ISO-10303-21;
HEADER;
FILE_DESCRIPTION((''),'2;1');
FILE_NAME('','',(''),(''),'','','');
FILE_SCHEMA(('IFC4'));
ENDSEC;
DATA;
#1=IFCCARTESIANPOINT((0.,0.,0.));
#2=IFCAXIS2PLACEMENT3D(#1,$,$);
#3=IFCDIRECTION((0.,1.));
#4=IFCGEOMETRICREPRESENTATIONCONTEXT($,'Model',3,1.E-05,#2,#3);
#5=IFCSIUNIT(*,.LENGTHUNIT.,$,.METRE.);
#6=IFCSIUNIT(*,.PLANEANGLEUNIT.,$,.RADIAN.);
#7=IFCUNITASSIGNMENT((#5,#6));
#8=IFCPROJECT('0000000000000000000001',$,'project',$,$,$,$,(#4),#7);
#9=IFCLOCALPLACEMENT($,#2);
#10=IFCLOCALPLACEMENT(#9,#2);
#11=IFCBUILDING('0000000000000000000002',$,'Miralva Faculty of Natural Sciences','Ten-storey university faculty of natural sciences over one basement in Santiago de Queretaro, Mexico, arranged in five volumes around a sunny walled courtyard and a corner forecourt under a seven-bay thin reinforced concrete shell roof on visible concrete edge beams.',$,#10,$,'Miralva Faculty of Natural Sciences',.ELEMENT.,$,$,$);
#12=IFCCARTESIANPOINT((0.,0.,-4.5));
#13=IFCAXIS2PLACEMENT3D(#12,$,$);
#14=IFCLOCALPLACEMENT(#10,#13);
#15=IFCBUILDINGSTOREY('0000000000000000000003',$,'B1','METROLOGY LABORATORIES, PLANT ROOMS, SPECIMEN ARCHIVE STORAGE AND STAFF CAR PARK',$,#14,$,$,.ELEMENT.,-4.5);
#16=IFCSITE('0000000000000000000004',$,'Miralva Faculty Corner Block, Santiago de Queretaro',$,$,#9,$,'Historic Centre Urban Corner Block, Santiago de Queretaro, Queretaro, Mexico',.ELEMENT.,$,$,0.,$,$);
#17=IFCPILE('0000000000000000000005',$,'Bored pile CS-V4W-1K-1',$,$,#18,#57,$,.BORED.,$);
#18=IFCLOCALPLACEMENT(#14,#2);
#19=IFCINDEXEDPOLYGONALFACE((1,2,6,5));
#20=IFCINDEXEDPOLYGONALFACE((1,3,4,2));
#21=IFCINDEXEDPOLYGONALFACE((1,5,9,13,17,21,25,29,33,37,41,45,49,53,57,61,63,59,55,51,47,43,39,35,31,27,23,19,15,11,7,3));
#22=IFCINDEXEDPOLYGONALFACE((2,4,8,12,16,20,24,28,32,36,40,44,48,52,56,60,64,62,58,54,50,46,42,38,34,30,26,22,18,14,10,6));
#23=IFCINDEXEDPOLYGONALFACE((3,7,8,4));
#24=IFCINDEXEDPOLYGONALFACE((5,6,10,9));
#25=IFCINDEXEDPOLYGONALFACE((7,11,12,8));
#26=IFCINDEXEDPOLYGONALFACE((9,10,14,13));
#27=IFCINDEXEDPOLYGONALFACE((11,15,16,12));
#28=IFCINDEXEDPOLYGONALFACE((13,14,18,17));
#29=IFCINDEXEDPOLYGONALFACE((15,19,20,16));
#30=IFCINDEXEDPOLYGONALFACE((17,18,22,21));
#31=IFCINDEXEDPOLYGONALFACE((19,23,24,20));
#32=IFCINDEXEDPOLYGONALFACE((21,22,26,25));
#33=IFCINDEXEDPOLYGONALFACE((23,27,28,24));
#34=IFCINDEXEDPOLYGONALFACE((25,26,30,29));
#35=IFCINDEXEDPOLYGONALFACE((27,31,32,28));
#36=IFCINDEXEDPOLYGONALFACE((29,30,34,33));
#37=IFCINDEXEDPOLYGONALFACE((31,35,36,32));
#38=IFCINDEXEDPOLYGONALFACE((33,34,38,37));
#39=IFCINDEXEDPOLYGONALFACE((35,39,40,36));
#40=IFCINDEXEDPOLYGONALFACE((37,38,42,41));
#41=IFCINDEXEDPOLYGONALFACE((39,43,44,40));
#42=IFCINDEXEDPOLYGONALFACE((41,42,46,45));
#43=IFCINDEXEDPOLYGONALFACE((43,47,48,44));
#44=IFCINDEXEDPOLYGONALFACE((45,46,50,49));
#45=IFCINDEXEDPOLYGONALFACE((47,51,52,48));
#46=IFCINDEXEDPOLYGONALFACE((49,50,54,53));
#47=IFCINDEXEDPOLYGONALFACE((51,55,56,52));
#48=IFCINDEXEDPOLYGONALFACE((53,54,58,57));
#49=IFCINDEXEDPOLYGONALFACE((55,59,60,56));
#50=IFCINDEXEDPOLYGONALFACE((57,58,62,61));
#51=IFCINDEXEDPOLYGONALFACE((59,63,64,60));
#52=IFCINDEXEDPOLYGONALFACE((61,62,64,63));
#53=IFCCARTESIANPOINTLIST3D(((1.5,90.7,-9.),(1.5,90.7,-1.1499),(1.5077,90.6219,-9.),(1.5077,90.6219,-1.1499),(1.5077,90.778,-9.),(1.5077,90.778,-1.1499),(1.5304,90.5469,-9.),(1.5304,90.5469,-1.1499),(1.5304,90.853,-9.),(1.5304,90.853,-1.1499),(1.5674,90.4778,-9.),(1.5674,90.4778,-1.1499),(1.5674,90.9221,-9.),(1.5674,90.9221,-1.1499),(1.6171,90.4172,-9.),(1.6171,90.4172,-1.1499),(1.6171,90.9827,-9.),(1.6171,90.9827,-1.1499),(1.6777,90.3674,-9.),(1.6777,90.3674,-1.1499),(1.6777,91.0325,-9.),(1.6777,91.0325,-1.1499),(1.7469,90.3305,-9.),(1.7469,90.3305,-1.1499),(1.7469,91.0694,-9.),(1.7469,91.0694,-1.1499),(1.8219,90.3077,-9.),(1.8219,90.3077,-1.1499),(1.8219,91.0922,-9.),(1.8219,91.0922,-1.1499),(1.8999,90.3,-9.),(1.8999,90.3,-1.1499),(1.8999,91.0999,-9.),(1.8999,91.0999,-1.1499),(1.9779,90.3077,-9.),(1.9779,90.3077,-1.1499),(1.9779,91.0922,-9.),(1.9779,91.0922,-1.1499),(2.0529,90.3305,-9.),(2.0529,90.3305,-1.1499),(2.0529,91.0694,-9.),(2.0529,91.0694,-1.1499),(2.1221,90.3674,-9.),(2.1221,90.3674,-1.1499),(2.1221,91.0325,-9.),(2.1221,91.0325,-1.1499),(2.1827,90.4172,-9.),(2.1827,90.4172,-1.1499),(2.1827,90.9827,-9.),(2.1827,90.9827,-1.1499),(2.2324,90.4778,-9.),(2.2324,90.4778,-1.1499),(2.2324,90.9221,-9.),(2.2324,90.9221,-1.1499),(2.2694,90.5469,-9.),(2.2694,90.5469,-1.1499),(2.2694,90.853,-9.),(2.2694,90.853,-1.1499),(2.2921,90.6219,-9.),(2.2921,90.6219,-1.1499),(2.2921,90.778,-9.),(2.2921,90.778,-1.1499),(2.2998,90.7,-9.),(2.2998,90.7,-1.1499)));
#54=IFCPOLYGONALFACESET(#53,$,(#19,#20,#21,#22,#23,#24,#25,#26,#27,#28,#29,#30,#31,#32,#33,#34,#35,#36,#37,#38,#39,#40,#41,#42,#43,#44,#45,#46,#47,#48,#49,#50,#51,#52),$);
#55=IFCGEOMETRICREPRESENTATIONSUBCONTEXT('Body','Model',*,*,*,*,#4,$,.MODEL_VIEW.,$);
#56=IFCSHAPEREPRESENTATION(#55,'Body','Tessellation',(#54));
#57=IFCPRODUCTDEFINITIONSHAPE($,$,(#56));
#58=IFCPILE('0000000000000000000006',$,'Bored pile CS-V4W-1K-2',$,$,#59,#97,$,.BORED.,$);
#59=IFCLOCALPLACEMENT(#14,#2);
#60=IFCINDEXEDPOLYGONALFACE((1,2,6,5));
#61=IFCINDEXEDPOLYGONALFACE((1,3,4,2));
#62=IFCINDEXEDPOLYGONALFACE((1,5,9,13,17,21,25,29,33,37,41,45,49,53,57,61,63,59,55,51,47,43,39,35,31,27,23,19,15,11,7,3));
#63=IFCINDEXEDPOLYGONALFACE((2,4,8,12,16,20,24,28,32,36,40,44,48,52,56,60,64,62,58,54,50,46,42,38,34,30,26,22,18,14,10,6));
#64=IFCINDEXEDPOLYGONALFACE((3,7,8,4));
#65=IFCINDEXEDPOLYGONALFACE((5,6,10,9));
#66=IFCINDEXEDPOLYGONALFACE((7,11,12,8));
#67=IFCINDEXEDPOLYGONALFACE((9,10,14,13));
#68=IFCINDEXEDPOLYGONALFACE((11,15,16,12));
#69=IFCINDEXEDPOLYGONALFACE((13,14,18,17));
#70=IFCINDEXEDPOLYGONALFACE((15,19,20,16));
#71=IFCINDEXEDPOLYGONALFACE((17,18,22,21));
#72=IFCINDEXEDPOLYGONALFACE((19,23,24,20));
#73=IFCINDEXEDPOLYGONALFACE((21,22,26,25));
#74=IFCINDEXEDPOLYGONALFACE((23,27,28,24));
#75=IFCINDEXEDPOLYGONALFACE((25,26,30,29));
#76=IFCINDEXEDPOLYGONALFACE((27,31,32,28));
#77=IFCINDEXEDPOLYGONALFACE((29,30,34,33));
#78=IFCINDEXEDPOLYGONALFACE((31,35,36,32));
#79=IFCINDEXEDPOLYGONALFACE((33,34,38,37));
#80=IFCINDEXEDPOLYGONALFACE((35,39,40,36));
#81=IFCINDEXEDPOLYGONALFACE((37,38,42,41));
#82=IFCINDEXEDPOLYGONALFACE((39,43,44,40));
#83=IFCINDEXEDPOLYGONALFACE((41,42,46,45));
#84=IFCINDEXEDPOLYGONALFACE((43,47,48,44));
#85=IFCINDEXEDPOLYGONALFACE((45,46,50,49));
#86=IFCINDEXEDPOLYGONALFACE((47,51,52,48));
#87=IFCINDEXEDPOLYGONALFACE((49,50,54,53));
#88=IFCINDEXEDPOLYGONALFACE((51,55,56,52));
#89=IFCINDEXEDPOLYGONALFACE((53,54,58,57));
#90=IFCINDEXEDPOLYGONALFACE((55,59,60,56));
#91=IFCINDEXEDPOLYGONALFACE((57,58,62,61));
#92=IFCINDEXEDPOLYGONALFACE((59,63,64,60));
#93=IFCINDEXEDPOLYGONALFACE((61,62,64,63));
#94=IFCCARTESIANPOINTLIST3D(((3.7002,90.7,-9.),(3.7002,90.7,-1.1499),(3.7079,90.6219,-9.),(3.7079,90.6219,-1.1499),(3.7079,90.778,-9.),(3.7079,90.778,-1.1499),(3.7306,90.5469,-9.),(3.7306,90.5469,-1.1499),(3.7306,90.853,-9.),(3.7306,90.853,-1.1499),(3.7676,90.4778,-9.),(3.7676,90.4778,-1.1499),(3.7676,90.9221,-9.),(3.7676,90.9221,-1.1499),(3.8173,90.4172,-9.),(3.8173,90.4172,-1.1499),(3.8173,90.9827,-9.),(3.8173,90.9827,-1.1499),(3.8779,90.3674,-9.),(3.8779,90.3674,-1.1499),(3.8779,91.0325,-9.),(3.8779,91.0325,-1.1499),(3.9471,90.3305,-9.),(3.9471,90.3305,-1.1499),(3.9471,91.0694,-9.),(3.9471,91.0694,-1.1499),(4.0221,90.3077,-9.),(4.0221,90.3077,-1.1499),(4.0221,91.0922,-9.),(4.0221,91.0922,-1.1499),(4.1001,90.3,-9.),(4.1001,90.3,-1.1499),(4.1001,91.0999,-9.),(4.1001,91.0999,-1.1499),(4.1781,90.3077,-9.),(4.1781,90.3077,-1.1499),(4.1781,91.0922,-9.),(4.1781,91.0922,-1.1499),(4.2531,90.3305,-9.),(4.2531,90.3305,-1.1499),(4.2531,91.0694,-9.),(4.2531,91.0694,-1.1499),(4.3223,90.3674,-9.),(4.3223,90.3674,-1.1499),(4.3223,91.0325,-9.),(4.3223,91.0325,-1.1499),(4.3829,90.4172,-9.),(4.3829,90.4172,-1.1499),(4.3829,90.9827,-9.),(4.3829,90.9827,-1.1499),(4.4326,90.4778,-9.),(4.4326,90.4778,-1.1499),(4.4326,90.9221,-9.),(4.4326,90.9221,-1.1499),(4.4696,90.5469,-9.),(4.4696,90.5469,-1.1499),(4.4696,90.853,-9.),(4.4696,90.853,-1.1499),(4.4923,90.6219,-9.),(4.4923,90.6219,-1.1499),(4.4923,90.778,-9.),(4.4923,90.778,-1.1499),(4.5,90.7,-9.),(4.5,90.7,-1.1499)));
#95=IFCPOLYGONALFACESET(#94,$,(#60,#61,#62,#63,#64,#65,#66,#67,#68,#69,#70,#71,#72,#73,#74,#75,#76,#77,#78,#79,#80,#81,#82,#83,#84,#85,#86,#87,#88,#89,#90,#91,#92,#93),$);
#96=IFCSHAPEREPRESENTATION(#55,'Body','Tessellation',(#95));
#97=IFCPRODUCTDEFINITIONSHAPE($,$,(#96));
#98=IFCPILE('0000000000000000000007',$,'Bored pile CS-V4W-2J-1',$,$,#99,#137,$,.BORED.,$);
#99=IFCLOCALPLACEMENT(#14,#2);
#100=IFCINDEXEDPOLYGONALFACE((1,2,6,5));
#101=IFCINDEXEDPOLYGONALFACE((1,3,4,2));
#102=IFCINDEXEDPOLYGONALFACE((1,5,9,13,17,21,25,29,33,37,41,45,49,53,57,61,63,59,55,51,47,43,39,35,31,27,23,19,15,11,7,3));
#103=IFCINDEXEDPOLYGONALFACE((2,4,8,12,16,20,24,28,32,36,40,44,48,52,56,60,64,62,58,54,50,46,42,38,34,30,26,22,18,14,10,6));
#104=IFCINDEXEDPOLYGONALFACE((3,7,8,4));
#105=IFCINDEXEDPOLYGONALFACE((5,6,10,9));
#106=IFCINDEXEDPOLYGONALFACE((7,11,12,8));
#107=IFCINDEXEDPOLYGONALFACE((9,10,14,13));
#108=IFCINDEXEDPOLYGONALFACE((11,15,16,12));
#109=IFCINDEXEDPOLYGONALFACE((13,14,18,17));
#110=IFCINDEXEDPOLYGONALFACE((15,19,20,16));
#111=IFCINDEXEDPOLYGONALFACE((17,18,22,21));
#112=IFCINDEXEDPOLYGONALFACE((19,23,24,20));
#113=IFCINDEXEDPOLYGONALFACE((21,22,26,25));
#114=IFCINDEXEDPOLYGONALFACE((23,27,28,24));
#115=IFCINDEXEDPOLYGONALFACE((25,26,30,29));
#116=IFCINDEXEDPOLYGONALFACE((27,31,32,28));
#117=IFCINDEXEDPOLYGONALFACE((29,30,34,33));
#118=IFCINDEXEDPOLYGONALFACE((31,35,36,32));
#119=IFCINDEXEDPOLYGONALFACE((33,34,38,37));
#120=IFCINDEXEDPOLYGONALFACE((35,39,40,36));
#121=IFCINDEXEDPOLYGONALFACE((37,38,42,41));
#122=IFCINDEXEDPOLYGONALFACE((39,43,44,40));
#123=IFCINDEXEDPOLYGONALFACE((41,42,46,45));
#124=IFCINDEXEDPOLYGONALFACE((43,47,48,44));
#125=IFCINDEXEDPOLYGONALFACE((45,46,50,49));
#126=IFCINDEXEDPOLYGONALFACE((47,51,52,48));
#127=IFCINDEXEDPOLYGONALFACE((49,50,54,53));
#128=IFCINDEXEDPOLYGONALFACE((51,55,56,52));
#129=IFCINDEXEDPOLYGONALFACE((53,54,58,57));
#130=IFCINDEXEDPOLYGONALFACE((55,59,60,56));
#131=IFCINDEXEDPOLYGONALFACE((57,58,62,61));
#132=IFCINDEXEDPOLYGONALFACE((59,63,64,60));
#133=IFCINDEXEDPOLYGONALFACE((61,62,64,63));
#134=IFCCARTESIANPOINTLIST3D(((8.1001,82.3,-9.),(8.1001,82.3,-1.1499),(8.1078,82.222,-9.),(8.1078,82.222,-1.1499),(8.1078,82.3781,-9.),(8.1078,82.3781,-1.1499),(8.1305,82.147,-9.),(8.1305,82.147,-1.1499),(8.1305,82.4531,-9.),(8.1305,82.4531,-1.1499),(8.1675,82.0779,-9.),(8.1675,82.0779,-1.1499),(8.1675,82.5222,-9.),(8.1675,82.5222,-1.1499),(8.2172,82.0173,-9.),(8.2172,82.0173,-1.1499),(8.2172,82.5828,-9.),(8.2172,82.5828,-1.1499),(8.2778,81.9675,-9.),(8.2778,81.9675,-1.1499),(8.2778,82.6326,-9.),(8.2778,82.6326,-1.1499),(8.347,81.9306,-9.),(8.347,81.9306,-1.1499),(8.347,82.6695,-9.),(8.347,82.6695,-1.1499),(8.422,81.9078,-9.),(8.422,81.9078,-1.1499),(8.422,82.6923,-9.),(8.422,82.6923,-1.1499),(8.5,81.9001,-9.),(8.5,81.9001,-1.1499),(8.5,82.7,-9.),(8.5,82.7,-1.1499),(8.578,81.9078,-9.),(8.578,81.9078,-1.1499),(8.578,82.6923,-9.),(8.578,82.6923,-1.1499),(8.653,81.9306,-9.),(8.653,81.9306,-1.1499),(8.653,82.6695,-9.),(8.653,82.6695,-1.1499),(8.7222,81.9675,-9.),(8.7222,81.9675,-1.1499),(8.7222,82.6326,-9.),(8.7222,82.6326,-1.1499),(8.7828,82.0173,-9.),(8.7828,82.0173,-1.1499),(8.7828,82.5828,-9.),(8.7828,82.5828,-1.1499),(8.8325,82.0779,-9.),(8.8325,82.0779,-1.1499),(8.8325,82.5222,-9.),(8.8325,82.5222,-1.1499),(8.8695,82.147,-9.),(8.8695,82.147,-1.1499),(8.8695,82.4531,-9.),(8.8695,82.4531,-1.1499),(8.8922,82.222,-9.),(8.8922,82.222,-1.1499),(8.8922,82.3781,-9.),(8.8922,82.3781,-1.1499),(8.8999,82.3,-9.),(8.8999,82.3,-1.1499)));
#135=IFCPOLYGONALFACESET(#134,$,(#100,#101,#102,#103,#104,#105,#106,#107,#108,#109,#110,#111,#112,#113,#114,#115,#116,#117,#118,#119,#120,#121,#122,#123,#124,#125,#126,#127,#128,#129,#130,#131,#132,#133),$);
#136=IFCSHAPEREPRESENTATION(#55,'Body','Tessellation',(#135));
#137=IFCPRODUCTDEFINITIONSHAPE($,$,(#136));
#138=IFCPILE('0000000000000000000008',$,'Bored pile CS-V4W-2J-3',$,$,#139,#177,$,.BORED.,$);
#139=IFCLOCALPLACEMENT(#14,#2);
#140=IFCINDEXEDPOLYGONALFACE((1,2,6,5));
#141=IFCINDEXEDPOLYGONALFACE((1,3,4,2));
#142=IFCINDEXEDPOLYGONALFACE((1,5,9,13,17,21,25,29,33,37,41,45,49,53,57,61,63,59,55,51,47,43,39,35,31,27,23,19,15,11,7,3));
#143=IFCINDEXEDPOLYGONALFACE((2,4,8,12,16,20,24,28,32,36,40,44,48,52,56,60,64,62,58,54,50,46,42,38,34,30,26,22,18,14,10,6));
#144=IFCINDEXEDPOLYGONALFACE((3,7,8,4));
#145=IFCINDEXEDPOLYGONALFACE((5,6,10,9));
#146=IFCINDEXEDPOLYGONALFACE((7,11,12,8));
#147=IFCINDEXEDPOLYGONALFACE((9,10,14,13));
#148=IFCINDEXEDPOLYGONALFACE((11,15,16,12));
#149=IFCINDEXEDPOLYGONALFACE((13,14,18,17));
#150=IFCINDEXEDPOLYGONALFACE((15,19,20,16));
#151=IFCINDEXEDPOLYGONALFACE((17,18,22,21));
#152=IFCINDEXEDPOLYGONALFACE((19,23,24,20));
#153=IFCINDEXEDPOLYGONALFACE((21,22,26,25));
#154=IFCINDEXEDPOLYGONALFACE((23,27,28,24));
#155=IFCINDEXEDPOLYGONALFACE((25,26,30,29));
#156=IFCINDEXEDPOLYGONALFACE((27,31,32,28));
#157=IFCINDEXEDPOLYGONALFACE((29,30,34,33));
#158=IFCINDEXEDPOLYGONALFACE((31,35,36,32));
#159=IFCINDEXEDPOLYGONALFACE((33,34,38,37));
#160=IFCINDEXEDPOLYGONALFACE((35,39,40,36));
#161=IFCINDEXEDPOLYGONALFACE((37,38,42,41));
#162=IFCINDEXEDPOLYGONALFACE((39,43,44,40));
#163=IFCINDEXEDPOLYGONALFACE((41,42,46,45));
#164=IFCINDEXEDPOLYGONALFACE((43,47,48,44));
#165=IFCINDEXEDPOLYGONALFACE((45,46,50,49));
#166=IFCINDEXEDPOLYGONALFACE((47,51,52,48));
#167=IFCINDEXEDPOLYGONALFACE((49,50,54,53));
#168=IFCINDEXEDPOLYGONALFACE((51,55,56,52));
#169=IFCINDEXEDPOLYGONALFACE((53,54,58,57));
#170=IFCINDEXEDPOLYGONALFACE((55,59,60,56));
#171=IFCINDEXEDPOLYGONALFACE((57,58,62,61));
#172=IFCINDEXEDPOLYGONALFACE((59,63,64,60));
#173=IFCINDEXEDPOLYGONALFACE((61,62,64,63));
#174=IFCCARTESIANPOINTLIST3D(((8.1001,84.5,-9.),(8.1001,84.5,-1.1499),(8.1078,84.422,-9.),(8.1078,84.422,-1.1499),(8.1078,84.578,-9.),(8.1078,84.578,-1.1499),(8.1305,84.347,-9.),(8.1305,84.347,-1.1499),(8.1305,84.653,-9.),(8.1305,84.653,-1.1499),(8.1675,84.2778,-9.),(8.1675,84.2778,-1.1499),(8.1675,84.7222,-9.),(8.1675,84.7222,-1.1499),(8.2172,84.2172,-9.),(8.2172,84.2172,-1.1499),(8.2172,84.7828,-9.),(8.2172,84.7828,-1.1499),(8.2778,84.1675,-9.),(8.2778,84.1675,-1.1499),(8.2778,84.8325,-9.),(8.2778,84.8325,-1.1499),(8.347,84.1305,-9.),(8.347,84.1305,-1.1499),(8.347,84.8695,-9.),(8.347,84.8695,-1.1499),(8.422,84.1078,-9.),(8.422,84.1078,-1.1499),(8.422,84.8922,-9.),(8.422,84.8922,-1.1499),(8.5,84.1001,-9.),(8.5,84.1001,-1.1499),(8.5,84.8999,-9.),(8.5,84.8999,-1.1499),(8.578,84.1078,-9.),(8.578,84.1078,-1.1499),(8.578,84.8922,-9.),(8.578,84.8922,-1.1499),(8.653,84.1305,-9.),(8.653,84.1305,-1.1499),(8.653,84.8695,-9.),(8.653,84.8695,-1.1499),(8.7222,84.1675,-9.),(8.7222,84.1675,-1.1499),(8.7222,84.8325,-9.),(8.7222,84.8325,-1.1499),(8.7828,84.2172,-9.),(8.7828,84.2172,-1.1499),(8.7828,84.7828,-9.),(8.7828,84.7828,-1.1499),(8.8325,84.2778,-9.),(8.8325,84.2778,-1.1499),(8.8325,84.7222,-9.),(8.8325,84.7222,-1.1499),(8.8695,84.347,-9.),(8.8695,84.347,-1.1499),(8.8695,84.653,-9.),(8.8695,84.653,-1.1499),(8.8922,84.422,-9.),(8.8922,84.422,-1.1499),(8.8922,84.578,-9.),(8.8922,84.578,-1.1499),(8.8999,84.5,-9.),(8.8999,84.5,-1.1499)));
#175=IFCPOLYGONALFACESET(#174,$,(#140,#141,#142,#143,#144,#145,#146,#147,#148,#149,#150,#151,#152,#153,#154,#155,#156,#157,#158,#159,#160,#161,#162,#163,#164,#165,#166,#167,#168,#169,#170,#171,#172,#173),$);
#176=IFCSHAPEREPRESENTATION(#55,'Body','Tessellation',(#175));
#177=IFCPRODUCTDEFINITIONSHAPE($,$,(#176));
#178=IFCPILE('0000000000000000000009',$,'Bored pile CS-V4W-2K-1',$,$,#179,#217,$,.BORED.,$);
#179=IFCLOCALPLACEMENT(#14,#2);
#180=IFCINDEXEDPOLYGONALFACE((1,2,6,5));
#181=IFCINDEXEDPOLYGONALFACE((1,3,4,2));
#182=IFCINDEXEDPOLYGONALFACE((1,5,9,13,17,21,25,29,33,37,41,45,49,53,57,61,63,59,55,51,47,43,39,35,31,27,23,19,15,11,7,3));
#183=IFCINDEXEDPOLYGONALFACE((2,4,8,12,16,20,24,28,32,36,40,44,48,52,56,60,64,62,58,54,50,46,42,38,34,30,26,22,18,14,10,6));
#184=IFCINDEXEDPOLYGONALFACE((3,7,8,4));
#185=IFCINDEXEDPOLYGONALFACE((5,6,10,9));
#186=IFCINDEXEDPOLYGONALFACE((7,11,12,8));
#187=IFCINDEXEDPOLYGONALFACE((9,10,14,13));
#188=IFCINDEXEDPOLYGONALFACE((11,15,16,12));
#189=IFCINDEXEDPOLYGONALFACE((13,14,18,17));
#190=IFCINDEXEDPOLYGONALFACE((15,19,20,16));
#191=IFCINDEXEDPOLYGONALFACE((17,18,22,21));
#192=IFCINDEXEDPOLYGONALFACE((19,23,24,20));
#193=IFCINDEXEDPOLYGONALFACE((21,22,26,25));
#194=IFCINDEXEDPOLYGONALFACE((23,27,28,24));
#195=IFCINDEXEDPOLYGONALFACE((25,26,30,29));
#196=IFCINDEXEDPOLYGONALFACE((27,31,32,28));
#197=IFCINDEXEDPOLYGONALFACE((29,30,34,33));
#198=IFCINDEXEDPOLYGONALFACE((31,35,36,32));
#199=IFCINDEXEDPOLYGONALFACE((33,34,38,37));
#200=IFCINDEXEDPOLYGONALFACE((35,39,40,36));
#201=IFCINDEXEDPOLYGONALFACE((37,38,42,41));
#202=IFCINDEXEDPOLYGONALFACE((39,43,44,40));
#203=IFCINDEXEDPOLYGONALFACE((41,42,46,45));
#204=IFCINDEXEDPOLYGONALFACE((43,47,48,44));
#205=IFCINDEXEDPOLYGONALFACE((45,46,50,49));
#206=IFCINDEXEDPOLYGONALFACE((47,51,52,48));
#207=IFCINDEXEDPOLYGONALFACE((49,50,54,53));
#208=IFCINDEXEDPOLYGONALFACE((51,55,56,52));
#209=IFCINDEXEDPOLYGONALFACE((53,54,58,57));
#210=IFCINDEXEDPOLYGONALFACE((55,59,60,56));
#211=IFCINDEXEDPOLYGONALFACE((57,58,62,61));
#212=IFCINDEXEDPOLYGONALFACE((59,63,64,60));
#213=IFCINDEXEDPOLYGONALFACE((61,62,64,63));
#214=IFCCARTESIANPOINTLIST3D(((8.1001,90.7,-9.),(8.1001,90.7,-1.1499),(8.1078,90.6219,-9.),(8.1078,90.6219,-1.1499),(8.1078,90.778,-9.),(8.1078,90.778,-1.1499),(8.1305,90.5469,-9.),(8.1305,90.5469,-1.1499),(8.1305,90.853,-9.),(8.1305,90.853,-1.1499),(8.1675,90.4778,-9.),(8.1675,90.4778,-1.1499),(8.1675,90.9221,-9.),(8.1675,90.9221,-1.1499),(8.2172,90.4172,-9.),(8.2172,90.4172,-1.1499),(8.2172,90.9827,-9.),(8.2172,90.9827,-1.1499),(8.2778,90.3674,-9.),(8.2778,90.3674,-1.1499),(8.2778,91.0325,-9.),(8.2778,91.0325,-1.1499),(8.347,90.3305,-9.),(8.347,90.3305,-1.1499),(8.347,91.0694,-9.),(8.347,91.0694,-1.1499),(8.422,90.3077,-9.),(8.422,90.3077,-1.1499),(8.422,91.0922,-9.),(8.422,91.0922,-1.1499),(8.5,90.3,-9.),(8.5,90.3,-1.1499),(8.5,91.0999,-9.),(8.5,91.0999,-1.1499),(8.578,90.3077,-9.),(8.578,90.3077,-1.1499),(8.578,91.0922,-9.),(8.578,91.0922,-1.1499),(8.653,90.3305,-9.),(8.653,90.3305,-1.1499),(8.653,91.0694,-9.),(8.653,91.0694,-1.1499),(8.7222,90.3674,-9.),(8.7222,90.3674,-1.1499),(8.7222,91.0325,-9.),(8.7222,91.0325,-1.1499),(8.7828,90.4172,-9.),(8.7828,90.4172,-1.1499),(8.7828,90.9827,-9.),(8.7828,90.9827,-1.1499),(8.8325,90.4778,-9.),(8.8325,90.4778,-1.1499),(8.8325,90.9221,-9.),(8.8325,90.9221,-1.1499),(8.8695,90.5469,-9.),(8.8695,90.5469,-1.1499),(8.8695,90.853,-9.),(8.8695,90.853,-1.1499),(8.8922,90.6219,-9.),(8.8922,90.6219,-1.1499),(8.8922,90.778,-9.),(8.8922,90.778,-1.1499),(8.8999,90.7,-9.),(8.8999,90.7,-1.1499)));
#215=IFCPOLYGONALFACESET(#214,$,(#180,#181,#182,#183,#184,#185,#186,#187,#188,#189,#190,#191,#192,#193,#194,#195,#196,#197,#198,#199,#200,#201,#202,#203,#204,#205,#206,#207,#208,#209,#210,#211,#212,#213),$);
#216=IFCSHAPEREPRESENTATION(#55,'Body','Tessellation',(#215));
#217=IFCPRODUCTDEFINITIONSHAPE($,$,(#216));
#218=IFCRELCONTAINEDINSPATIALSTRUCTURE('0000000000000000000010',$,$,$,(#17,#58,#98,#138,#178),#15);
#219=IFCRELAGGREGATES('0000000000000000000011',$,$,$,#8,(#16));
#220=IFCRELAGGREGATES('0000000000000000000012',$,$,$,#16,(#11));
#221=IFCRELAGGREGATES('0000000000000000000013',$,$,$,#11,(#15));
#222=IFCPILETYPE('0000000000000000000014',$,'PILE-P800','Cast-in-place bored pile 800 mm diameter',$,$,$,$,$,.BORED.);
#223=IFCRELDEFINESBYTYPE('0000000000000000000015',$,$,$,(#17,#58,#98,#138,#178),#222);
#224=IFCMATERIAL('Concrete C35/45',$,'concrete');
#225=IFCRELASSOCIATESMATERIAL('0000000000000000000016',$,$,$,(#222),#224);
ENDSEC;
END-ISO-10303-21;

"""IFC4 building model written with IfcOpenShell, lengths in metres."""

from ifc_helpers import new_model, si_unit, direction, frame, origin, origin_2d, place, context, subcontext, project, spatial, circle, extrude, material, material_profile, profile_set, type_object, element, save


model = new_model("IFC4")

# Units and contexts
model_context = context("Model", 3, precision=1e-05, world=origin(), true_north=direction((0.0, 1.0)))
body_context = subcontext(model_context, "Body", "Model", "MODEL_VIEW")
ifc_project = project(units=[si_unit("LENGTHUNIT", "METRE"), si_unit("PLANEANGLEUNIT", "RADIAN")], contexts=[model_context])

# Site, building, storey
site_placement = place(None, origin())
site = spatial("IfcSite", under=ifc_project, at=site_placement, Name="Miralva Faculty Corner Block, Santiago de Queretaro", LongName="Historic Centre Urban Corner Block, Santiago de Queretaro, Queretaro, Mexico", CompositionType="ELEMENT", RefElevation=0.0)
building_placement = place(site_placement, origin())
building = spatial("IfcBuilding", under=site, at=building_placement, Name="Miralva Faculty of Natural Sciences", Description="Ten-storey university faculty of natural sciences over one basement in Santiago de Queretaro, Mexico, arranged in five volumes around a sunny walled courtyard and a corner forecourt under a seven-bay thin reinforced concrete shell roof on visible concrete edge beams.", LongName="Miralva Faculty of Natural Sciences", CompositionType="ELEMENT")
storey_placement = place(building_placement, frame((0.0, 0.0, -4.5)))
storey = spatial("IfcBuildingStorey", under=building, at=storey_placement, Name="B1", Description="METROLOGY LABORATORIES, PLANT ROOMS, SPECIMEN ARCHIVE STORAGE AND STAFF CAR PARK", CompositionType="ELEMENT", Elevation=-4.5)

# Shared definitions
ifc_material_1 = material(Name="Concrete C35/45", Category="concrete")

# Piles
ifc_material_profile_1 = material_profile(ifc_material_1, circle(Radius=0.3999, at=origin_2d()), Name="BORED PILE 800")
ifc_profile_set_1 = profile_set([ifc_material_profile_1], Name="Concrete C35/45")
pile_type = type_object("IfcPileType", Name="PILE-P800", Description="Cast-in-place bored pile 800 mm diameter", PredefinedType="BORED", material=ifc_profile_set_1)
for number, where, z_axis, x_axis, name in (
    (1, (1.8999, 90.7, -1.1499), (0.0, 0.0, -1.0), (1.0, 0.0, 0.0), "Bored pile CS-V4W-1K-1"),
    (2, (4.1001, 90.7, -1.1499), (0.0, 0.0, -1.0), (1.0, 0.0, 0.0), "Bored pile CS-V4W-1K-2"),
    (3, (8.5, 82.3, -1.1499), (0.0, 0.0, -1.0), (1.0, 0.0, 0.0), "Bored pile CS-V4W-2J-1"),
    (4, (8.5, 84.5, -1.1499), (0.0, 0.0, -1.0), (1.0, 0.0, 0.0), "Bored pile CS-V4W-2J-3"),
    (5, (8.5, 90.7, -1.1499), (0.0, 0.0, -1.0), (1.0, 0.0, 0.0), "Bored pile CS-V4W-2K-1"),
):
    element("IfcPile", number, at=place(storey_placement, frame(where, z_axis=z_axis, x_axis=x_axis)), inside=storey, type_object=pile_type, Name=name, PredefinedType="BORED", context=body_context, shape_type="SweptSolid", body=[
        extrude(circle(Radius=0.3999, at=origin_2d()), origin(), (0.0, 0.0, 1.0), 7.8501),
    ])

save(model, "model.ifc")
